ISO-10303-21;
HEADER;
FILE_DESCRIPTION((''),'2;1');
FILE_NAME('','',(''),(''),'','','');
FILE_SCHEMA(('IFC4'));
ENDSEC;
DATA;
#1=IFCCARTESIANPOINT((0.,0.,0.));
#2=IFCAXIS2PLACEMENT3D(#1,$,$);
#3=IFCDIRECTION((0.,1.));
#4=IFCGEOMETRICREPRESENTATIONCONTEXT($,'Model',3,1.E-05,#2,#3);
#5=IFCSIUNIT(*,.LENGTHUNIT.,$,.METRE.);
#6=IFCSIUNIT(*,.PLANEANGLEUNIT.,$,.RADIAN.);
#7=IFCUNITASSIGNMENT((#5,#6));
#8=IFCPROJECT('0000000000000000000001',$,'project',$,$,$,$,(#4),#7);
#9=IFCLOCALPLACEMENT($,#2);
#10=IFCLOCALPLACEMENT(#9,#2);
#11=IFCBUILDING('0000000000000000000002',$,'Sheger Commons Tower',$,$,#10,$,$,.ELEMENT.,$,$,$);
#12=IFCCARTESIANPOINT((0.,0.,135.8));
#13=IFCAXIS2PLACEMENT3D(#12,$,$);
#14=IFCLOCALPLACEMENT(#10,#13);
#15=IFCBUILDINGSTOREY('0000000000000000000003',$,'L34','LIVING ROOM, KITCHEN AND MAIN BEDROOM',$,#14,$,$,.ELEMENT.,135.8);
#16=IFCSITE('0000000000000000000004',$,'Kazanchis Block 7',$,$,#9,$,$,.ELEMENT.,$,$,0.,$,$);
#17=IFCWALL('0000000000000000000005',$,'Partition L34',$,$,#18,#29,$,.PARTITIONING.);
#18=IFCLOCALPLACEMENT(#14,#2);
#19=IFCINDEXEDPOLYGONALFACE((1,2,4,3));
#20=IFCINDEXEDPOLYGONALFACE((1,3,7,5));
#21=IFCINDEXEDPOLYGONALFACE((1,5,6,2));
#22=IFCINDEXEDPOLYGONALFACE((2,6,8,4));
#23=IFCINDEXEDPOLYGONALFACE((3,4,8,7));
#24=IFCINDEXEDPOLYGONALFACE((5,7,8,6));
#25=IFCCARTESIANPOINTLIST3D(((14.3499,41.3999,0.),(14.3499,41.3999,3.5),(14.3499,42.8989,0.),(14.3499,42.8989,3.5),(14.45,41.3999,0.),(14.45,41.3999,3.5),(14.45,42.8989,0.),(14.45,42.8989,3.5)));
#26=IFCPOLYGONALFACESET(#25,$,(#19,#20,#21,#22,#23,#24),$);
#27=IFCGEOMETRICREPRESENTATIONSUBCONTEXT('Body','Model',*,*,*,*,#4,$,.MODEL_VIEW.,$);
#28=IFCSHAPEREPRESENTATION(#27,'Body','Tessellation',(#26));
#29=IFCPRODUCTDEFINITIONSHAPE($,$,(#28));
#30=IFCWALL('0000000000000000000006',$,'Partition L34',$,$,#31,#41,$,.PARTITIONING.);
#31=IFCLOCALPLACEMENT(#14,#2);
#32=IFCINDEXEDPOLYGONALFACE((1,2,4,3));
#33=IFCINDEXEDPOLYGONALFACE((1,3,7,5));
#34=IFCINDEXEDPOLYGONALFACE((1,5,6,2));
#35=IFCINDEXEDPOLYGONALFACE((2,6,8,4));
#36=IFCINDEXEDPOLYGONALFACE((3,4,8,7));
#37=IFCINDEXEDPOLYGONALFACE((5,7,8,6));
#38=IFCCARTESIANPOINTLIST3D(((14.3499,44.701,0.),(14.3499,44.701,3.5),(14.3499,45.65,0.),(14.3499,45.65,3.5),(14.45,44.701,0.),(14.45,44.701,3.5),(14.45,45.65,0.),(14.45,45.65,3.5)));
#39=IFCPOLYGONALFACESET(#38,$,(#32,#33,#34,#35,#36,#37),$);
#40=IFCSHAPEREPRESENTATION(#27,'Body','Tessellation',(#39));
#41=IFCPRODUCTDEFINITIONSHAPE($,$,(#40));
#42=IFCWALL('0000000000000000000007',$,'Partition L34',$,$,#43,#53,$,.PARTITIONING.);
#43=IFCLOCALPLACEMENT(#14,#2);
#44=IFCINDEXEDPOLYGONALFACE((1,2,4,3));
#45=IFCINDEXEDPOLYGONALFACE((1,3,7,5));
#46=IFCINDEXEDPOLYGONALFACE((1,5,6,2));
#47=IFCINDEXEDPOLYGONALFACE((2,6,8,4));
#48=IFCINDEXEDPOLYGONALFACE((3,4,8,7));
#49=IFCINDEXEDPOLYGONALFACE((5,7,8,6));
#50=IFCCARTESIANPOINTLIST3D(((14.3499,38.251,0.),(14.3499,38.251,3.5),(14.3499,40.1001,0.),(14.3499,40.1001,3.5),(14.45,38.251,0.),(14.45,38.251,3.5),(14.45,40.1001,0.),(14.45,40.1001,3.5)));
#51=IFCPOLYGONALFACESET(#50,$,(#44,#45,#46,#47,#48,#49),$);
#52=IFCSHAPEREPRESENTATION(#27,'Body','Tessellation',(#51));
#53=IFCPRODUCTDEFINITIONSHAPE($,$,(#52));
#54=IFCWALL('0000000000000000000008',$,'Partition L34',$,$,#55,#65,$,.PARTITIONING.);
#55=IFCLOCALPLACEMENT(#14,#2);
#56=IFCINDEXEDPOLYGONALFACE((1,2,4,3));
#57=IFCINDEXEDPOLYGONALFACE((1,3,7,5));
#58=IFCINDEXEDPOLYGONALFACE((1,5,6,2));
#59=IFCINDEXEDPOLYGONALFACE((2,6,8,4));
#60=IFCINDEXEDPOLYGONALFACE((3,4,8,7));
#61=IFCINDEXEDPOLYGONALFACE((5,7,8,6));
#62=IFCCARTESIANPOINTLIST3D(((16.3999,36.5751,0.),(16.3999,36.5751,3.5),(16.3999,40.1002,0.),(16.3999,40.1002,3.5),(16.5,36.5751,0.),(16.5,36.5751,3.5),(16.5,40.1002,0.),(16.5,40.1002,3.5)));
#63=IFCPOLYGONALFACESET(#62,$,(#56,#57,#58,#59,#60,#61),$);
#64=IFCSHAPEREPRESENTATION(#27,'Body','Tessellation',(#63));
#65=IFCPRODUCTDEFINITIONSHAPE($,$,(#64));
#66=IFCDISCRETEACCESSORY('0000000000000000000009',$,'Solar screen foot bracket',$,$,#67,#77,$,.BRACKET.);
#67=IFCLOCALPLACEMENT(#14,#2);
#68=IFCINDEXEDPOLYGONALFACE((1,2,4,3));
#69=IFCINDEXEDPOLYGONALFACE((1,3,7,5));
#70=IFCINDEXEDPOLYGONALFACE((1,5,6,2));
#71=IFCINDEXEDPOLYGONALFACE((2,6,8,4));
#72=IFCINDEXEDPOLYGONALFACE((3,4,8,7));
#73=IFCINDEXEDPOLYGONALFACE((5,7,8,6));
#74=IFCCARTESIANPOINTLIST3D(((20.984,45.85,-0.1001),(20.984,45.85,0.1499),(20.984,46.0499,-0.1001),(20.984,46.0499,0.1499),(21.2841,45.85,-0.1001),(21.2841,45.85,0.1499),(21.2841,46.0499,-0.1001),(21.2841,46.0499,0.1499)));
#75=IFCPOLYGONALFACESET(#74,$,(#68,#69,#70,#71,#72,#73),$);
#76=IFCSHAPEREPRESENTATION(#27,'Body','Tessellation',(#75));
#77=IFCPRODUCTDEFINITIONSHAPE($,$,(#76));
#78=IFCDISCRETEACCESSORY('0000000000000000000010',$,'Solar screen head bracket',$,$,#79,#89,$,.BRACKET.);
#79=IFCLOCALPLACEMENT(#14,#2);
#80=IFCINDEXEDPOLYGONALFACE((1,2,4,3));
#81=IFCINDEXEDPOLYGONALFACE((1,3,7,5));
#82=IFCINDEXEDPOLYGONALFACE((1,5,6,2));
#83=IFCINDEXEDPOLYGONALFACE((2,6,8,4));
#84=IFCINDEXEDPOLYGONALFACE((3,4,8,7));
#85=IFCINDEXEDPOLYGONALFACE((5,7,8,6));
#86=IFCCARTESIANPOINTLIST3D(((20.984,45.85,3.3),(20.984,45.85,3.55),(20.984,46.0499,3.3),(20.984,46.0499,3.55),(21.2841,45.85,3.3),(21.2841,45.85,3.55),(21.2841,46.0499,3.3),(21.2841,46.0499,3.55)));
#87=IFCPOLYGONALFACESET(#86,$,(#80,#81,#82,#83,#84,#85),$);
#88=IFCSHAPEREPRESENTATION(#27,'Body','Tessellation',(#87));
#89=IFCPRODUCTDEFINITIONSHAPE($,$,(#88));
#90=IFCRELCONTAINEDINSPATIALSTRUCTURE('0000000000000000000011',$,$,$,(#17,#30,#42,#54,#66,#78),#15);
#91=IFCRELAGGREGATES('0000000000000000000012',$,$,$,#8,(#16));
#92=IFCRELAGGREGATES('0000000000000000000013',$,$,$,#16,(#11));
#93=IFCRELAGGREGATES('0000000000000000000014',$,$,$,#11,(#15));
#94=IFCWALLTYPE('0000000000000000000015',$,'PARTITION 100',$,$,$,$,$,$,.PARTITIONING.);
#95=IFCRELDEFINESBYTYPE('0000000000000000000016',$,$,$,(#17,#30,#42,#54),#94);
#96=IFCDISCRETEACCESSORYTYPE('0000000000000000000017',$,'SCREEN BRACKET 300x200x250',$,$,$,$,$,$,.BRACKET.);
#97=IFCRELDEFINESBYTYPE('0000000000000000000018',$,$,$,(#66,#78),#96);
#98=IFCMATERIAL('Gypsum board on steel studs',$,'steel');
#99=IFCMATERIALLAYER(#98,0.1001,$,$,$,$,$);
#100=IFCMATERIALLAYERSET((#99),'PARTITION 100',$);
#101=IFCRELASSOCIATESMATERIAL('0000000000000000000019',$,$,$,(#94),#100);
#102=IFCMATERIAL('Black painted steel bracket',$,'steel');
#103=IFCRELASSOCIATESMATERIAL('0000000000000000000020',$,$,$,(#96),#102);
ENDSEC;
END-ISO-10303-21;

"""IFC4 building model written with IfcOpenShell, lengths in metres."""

from ifc_helpers import new_model, si_unit, direction, frame, frame_2d, origin, origin_2d, place, context, subcontext, project, spatial, rectangle, extrude, material, layer, layer_set, type_object, element, save


model = new_model("IFC4")

# Units and contexts
model_context = context("Model", 3, precision=1e-05, world=origin(), true_north=direction((0.0, 1.0)))
body_context = subcontext(model_context, "Body", "Model", "MODEL_VIEW")
ifc_project = project(units=[si_unit("LENGTHUNIT", "METRE"), si_unit("PLANEANGLEUNIT", "RADIAN")], contexts=[model_context])

# Site, building, storey
site_placement = place(None, origin())
site = spatial("IfcSite", under=ifc_project, at=site_placement, Name="Kazanchis Block 7", CompositionType="ELEMENT", RefElevation=0.0)
building_placement = place(site_placement, origin())
building = spatial("IfcBuilding", under=site, at=building_placement, Name="Sheger Commons Tower", CompositionType="ELEMENT")
storey_placement = place(building_placement, frame((0.0, 0.0, 135.8)))
storey = spatial("IfcBuildingStorey", under=building, at=storey_placement, Name="L34", Description="LIVING ROOM, KITCHEN AND MAIN BEDROOM", CompositionType="ELEMENT", Elevation=135.8)

# Shared definitions
ifc_material_1 = material(Name="Gypsum board on steel studs", Category="steel")
ifc_layer_1 = layer(ifc_material_1, 0.1001)
ifc_layer_set_1 = layer_set([ifc_layer_1], Name="PARTITION 100")
wall_type_1 = type_object("IfcWallType", Name="PARTITION 100", PredefinedType="PARTITIONING", material=ifc_layer_set_1)

# Walls
wall_1_placement = place(storey_placement, frame((14.3999, 41.3999, 0.0), z_axis=(0.0, 0.0, 1.0), x_axis=(0.0, 1.0, 0.0)))
element("IfcWall", 1, at=wall_1_placement, inside=storey, type_object=wall_type_1, Name="Partition L34", PredefinedType="PARTITIONING", context=body_context, shape_type="SweptSolid", body=[
    extrude(rectangle(XDim=1.499, YDim=0.1001, at=frame_2d((0.7495, 0.0))), origin(), (0.0, 0.0, 1.0), 3.5),
])
wall_2_placement = place(storey_placement, frame((14.3999, 44.7009, 0.0), z_axis=(0.0, 0.0, 1.0), x_axis=(0.0, 1.0, 0.0)))
element("IfcWall", 2, at=wall_2_placement, inside=storey, type_object=wall_type_1, Name="Partition L34", PredefinedType="PARTITIONING", context=body_context, shape_type="SweptSolid", body=[
    extrude(rectangle(XDim=0.949, YDim=0.1001, at=frame_2d((0.4746, 0.0))), origin(), (0.0, 0.0, 1.0), 3.5),
])
wall_3_placement = place(storey_placement, frame((14.3999, 38.251, 0.0), z_axis=(0.0, 0.0, 1.0), x_axis=(0.0, 1.0, 0.0)))
element("IfcWall", 3, at=wall_3_placement, inside=storey, type_object=wall_type_1, Name="Partition L34", PredefinedType="PARTITIONING", context=body_context, shape_type="SweptSolid", body=[
    extrude(rectangle(XDim=1.8491, YDim=0.1001, at=frame_2d((0.9246, 0.0))), origin(), (0.0, 0.0, 1.0), 3.5),
])
wall_4_placement = place(storey_placement, frame((16.45, 36.575, 0.0), z_axis=(0.0, 0.0, 1.0), x_axis=(0.0, 1.0, 0.0)))
element("IfcWall", 4, at=wall_4_placement, inside=storey, type_object=wall_type_1, Name="Partition L34", PredefinedType="PARTITIONING", context=body_context, shape_type="SweptSolid", body=[
    extrude(rectangle(XDim=3.5251, YDim=0.1001, at=frame_2d((1.7627, 0.0))), origin(), (0.0, 0.0, 1.0), 3.5),
])

# Discrete accessories
ifc_material_2 = material(Name="Black painted steel bracket", Category="steel")
discrete_accessory_type = type_object("IfcDiscreteAccessoryType", Name="SCREEN BRACKET 300x200x250", PredefinedType="BRACKET", material=ifc_material_2)
for number, where, z_axis, x_axis, name in (
    (5, (21.134, 45.95, -0.1001), (0.0, 0.0, 1.0), (-1.0, 0.0, 0.0), "Solar screen foot bracket"),
    (6, (21.134, 45.95, 3.3), (0.0, 0.0, 1.0), (-1.0, 0.0, 0.0), "Solar screen head bracket"),
):
    element("IfcDiscreteAccessory", number, at=place(storey_placement, frame(where, z_axis=z_axis, x_axis=x_axis)), inside=storey, type_object=discrete_accessory_type, Name=name, PredefinedType="BRACKET", context=body_context, shape_type="SweptSolid", body=[
        extrude(rectangle(XDim=0.3, YDim=0.2, at=origin_2d()), origin(), (0.0, 0.0, 1.0), 0.25),
    ])

save(model, "model.ifc")
